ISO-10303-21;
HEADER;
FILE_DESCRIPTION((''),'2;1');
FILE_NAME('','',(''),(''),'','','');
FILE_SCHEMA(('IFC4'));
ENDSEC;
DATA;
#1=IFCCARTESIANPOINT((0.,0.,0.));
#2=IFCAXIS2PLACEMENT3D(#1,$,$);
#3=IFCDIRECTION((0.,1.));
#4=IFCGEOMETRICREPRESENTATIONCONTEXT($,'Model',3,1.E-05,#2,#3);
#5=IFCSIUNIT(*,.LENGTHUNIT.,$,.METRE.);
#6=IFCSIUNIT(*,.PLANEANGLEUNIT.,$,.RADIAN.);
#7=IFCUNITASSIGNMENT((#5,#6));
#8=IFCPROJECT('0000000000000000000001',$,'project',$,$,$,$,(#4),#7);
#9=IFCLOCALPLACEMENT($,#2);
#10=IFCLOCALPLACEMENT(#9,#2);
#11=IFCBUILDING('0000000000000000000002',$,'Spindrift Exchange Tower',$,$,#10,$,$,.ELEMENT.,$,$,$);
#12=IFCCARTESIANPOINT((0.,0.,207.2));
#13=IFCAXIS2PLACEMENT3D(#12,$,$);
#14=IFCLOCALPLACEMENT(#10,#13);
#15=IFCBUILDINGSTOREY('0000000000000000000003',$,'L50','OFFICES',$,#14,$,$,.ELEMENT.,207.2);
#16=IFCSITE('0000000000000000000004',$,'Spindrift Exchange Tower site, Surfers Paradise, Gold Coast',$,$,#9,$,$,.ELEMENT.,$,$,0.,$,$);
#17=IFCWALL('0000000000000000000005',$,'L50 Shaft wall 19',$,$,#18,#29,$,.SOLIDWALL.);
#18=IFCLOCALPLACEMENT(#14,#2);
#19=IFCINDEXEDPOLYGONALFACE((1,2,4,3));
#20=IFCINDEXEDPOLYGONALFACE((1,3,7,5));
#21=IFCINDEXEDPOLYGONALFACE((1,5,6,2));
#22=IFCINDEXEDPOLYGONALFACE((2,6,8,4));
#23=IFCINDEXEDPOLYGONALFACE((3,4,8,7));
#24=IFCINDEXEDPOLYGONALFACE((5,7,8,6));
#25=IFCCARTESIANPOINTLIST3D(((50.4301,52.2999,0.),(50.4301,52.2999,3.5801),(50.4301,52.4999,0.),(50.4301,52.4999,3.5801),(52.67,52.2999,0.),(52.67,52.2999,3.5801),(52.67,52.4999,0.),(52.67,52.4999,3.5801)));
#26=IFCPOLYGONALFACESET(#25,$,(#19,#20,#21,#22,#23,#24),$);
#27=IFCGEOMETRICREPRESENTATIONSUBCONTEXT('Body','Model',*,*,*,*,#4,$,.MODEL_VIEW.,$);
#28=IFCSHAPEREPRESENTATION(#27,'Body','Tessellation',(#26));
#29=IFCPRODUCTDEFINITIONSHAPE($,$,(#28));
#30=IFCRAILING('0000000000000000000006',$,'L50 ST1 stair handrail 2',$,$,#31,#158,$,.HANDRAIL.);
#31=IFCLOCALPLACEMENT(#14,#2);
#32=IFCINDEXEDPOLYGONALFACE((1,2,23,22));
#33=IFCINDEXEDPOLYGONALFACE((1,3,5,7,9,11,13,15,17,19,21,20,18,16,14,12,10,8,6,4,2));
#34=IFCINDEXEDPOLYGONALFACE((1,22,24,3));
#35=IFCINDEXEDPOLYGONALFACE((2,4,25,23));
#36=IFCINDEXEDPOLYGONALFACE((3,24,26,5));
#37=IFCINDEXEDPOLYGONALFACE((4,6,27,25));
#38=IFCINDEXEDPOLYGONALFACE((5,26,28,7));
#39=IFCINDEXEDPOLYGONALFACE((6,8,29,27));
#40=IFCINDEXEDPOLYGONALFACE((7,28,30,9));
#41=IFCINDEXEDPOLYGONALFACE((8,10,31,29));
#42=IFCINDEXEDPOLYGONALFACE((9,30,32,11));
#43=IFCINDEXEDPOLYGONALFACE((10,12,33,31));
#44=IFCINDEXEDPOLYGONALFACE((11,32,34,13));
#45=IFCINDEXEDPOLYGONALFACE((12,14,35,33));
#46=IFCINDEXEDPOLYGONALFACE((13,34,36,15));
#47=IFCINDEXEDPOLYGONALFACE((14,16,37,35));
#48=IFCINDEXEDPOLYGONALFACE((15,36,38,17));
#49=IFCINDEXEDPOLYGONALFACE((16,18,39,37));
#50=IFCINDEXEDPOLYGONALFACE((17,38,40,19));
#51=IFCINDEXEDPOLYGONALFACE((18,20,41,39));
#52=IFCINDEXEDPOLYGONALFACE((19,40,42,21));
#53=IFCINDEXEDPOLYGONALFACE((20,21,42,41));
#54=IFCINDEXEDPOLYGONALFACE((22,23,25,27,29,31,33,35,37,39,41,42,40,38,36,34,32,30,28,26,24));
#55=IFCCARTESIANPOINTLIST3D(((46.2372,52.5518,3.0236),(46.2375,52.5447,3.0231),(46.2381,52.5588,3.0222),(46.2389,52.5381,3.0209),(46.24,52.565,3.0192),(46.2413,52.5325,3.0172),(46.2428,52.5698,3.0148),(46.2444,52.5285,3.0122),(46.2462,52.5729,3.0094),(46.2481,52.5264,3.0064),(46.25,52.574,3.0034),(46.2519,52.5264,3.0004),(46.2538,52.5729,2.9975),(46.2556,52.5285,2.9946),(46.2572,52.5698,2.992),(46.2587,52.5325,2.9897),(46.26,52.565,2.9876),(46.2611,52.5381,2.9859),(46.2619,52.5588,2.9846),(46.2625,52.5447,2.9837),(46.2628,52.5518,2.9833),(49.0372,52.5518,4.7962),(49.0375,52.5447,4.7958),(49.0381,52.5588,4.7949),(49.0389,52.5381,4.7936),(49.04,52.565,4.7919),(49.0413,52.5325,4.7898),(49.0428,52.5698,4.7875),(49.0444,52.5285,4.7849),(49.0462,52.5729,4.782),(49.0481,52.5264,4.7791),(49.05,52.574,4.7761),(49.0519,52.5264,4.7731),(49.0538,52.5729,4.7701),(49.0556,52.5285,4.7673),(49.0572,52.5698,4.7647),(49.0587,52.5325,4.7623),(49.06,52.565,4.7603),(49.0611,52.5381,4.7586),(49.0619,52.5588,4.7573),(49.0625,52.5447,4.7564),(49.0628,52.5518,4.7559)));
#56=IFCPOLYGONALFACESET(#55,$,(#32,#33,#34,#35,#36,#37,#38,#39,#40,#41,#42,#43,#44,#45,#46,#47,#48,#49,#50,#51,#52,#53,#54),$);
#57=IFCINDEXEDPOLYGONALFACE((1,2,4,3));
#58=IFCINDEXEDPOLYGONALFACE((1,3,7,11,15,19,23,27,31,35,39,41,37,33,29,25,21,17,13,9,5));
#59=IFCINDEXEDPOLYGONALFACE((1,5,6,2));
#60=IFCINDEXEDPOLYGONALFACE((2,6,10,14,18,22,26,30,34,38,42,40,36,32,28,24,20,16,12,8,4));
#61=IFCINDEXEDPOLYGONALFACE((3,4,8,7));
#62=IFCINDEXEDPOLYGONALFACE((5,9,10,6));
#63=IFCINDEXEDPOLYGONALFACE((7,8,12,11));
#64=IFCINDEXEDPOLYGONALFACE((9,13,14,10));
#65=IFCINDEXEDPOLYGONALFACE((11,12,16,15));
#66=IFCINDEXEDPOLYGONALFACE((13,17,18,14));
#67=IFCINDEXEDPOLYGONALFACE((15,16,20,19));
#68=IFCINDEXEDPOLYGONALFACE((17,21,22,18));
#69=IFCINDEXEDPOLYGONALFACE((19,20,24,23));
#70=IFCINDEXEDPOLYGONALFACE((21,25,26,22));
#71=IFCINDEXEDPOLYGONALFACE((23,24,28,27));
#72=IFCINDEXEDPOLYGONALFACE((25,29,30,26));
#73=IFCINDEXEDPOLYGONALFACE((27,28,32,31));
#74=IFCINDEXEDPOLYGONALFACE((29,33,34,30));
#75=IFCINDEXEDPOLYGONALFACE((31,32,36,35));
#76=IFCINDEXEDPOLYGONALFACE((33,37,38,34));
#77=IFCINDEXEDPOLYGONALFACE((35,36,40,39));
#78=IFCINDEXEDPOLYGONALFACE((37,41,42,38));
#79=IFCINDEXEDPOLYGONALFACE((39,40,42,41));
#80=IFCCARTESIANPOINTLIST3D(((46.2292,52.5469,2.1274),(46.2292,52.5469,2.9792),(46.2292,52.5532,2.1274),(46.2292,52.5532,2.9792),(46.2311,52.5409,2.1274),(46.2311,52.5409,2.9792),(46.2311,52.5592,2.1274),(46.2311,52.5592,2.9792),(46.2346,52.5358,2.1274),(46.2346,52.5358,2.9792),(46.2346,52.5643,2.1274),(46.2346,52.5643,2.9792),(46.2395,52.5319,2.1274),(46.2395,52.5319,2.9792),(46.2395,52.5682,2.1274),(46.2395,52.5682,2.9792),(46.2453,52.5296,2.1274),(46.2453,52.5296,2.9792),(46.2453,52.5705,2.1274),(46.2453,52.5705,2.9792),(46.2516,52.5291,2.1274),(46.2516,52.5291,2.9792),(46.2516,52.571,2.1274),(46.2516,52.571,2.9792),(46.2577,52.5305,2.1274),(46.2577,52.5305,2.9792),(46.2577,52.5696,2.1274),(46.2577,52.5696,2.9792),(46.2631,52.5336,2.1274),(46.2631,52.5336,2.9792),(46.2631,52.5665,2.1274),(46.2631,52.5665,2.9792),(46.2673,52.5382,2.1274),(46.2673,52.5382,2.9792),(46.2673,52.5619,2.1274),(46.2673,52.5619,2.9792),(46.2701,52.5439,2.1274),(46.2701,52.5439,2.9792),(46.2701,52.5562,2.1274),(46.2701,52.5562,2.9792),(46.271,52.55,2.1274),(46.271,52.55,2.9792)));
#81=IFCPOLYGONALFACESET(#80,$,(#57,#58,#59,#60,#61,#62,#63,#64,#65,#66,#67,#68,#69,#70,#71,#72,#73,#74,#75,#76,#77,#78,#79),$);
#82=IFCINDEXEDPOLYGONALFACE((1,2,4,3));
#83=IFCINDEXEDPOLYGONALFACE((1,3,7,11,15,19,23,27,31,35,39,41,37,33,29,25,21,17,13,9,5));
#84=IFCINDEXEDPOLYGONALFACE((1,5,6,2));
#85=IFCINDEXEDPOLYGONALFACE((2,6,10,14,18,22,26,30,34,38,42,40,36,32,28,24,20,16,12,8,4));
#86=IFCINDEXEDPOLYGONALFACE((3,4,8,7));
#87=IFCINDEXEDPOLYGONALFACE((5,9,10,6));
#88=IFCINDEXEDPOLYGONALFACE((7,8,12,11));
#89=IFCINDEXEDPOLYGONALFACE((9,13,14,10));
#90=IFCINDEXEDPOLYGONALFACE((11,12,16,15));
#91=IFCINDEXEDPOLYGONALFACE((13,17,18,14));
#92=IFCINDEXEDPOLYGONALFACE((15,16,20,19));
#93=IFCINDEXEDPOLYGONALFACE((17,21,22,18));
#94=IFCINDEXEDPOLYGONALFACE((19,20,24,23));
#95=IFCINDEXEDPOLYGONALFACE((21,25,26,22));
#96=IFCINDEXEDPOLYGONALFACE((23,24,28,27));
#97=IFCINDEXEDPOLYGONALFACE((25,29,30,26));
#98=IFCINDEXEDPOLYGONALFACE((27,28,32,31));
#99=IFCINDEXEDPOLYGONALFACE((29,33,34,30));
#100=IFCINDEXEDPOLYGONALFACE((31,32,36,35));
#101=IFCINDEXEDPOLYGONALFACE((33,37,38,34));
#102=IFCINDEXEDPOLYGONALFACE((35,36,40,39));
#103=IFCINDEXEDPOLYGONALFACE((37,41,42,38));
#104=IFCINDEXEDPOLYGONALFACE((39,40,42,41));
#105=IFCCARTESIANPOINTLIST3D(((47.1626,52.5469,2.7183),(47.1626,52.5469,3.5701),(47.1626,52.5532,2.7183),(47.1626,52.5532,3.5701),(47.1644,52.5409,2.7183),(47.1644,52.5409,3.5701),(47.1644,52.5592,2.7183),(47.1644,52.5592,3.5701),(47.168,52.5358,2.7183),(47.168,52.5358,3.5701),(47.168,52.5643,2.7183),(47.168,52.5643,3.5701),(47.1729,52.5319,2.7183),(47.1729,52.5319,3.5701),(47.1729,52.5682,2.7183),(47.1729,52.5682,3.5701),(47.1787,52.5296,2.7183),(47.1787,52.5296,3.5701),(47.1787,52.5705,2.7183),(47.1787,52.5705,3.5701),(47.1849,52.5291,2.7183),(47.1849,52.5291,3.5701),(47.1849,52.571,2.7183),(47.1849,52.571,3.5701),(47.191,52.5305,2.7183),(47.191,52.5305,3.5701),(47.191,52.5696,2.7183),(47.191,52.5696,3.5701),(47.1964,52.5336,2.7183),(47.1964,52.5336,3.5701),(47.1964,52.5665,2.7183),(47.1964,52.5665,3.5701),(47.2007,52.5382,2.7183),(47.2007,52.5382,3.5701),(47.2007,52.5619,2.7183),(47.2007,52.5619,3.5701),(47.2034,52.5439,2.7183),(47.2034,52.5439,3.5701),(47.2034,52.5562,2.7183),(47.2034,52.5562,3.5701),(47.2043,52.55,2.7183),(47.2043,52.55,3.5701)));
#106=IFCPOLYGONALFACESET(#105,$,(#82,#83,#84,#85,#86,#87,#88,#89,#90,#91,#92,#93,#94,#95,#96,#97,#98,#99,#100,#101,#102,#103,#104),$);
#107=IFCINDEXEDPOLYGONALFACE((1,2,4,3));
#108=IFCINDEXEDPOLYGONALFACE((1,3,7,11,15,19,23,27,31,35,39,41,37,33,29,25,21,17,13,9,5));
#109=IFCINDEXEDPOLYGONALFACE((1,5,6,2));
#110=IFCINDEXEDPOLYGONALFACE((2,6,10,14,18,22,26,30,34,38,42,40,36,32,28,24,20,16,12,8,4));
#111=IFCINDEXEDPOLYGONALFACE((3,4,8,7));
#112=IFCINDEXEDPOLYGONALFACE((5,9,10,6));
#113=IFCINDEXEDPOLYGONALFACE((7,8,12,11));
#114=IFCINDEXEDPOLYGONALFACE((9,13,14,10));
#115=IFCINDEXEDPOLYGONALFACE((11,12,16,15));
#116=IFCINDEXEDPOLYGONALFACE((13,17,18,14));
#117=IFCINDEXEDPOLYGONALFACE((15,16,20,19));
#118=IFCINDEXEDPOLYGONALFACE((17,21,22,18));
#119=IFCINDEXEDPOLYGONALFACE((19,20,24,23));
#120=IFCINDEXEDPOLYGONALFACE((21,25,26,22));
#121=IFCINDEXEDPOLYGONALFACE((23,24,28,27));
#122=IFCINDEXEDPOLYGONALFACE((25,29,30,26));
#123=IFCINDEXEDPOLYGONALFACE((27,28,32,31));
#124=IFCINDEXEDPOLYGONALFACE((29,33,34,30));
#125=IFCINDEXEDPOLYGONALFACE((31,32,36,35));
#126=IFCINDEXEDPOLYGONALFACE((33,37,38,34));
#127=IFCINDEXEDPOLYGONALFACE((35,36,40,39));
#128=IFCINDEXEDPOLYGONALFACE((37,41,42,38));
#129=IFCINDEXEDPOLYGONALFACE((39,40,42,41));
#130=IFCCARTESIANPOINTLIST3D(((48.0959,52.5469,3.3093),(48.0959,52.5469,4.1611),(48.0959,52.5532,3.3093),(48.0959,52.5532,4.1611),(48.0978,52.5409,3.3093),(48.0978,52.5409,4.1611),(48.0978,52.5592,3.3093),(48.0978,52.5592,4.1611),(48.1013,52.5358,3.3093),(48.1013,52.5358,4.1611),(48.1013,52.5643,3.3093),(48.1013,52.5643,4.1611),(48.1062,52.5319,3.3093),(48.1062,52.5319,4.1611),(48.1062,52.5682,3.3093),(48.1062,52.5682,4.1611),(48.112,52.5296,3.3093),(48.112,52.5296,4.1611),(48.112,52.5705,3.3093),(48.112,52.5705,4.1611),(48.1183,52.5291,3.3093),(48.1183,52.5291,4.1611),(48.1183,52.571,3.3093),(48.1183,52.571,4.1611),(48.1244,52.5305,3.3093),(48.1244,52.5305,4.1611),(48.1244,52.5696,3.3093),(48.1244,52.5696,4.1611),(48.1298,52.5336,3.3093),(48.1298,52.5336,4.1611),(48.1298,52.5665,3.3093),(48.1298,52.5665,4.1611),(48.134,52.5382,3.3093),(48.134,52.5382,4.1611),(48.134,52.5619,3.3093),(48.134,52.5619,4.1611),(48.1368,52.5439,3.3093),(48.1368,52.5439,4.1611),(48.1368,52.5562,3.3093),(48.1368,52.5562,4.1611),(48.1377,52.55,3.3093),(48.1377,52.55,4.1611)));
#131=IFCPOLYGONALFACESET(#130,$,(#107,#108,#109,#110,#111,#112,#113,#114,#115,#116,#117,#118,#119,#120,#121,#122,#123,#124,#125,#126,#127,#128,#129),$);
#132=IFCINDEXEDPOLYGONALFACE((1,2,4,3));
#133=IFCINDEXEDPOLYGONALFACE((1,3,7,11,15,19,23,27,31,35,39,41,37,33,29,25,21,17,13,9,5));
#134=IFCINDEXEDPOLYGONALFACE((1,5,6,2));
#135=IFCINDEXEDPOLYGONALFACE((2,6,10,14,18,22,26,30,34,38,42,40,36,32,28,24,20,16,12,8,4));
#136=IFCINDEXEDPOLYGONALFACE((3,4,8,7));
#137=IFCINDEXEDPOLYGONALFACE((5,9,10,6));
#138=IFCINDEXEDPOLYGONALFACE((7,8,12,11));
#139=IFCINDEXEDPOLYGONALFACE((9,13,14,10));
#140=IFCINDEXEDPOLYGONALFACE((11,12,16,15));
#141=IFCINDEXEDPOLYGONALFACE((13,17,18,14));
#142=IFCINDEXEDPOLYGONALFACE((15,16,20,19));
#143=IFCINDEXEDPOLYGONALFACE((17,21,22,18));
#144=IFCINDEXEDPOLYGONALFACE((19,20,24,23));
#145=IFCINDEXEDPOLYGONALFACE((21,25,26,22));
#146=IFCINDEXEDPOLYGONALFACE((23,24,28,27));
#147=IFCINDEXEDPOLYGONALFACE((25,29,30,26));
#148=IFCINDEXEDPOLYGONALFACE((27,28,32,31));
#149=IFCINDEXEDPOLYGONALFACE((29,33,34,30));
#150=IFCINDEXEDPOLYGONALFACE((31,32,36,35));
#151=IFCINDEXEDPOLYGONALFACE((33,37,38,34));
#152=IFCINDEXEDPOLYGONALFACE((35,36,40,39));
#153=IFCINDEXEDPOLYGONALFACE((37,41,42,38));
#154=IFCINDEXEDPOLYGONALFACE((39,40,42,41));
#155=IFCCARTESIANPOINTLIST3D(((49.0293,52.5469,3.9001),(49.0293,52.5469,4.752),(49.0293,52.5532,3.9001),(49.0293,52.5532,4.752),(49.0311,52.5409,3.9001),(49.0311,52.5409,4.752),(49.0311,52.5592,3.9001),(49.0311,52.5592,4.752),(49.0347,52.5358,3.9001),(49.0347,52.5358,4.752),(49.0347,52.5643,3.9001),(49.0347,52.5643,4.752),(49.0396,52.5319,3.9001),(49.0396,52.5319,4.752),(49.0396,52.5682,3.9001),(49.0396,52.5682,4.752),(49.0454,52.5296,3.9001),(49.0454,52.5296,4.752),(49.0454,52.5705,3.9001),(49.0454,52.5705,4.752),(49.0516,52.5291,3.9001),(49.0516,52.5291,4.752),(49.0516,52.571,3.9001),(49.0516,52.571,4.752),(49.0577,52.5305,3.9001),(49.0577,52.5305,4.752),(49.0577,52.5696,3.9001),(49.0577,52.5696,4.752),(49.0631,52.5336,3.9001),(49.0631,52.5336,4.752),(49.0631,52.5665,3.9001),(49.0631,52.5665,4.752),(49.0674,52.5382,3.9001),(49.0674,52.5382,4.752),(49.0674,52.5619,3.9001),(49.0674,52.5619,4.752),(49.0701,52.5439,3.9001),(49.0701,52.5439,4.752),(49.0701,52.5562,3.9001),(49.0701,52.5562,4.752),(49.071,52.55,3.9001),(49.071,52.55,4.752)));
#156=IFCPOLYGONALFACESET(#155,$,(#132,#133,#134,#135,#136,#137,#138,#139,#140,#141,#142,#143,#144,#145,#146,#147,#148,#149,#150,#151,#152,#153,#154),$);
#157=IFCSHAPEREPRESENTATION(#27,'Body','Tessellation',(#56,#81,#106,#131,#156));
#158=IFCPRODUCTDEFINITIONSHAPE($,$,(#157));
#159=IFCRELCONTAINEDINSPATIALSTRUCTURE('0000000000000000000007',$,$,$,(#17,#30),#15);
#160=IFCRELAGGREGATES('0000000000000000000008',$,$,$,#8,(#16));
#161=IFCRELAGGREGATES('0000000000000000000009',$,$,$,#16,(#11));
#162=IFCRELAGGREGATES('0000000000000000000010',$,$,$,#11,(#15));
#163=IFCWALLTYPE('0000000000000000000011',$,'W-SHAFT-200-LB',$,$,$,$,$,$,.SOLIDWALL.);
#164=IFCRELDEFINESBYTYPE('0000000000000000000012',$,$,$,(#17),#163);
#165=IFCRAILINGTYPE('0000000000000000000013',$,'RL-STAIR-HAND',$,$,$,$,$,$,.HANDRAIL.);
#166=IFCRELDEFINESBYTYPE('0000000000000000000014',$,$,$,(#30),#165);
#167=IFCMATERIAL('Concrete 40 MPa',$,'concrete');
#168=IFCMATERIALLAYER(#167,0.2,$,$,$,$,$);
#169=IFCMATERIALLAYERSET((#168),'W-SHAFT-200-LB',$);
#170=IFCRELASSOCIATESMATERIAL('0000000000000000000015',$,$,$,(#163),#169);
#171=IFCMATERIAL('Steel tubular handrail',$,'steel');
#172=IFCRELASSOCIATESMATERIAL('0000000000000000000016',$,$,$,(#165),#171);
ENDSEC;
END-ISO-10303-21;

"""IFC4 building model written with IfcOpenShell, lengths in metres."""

from ifc_helpers import new_model, si_unit, direction, frame, frame_2d, origin, origin_2d, place, context, subcontext, project, spatial, rectangle, circle, extrude, material, layer, layer_set, type_object, element, save


model = new_model("IFC4")

# Units and contexts
model_context = context("Model", 3, precision=1e-05, world=origin(), true_north=direction((0.0, 1.0)))
body_context = subcontext(model_context, "Body", "Model", "MODEL_VIEW")
ifc_project = project(units=[si_unit("LENGTHUNIT", "METRE"), si_unit("PLANEANGLEUNIT", "RADIAN")], contexts=[model_context])

# Site, building, storey
site_placement = place(None, origin())
site = spatial("IfcSite", under=ifc_project, at=site_placement, Name="Spindrift Exchange Tower site, Surfers Paradise, Gold Coast", CompositionType="ELEMENT", RefElevation=0.0)
building_placement = place(site_placement, origin())
building = spatial("IfcBuilding", under=site, at=building_placement, Name="Spindrift Exchange Tower", CompositionType="ELEMENT")
storey_placement = place(building_placement, frame((0.0, 0.0, 207.2)))
storey = spatial("IfcBuildingStorey", under=building, at=storey_placement, Name="L50", Description="OFFICES", CompositionType="ELEMENT", Elevation=207.2)

# Shared definitions
ifc_material_1 = material(Name="Concrete 40 MPa", Category="concrete")
ifc_layer_1 = layer(ifc_material_1, 0.2)
ifc_layer_set_1 = layer_set([ifc_layer_1], Name="W-SHAFT-200-LB")
wall_type_1 = type_object("IfcWallType", Name="W-SHAFT-200-LB", PredefinedType="SOLIDWALL", material=ifc_layer_set_1)

# Wall
wall_1_placement = place(storey_placement, frame((50.4299, 52.3999, 0.0), z_axis=(0.0, 0.0, 1.0), x_axis=(1.0, 0.0, 0.0)))
element("IfcWall", 1, at=wall_1_placement, inside=storey, type_object=wall_type_1, Name="L50 Shaft wall 19", PredefinedType="SOLIDWALL", context=body_context, shape_type="SweptSolid", body=[
    extrude(rectangle(XDim=2.24, YDim=0.2, at=frame_2d((1.1201, 0.0))), origin(), (0.0, 0.0, 1.0), 3.5801),
])

# Railing
ifc_material_2 = material(Name="Steel tubular handrail", Category="steel")
railing_type = type_object("IfcRailingType", Name="RL-STAIR-HAND", PredefinedType="HANDRAIL", material=ifc_material_2)
railing_placement = place(storey_placement, frame((46.25, 52.55, 2.1274)))
element("IfcRailing", 2, at=railing_placement, inside=storey, type_object=railing_type, Name="L50 ST1 stair handrail 2", PredefinedType="HANDRAIL", context=body_context, shape_type="SweptSolid", body=[
    extrude(circle(Radius=0.0239, at=origin_2d()), frame((0.0, 0.0, 0.876), z_axis=(0.844909, 0.0, 0.53491), x_axis=(0.0, 1.0, 0.0)), (0.0, 0.0, 1.0), 3.314),
    extrude(circle(Radius=0.021, at=origin_2d()), origin(), (0.0, 0.0, 1.0), 0.8518),
    extrude(circle(Radius=0.021, at=origin_2d()), frame((0.9333, 0.0, 0.5908)), (0.0, 0.0, 1.0), 0.8518),
    extrude(circle(Radius=0.021, at=origin_2d()), frame((1.8667, 0.0, 1.1819)), (0.0, 0.0, 1.0), 0.8518),
    extrude(circle(Radius=0.021, at=origin_2d()), frame((2.8, 0.0, 1.7727)), (0.0, 0.0, 1.0), 0.8518),
])

save(model, "model.ifc")
